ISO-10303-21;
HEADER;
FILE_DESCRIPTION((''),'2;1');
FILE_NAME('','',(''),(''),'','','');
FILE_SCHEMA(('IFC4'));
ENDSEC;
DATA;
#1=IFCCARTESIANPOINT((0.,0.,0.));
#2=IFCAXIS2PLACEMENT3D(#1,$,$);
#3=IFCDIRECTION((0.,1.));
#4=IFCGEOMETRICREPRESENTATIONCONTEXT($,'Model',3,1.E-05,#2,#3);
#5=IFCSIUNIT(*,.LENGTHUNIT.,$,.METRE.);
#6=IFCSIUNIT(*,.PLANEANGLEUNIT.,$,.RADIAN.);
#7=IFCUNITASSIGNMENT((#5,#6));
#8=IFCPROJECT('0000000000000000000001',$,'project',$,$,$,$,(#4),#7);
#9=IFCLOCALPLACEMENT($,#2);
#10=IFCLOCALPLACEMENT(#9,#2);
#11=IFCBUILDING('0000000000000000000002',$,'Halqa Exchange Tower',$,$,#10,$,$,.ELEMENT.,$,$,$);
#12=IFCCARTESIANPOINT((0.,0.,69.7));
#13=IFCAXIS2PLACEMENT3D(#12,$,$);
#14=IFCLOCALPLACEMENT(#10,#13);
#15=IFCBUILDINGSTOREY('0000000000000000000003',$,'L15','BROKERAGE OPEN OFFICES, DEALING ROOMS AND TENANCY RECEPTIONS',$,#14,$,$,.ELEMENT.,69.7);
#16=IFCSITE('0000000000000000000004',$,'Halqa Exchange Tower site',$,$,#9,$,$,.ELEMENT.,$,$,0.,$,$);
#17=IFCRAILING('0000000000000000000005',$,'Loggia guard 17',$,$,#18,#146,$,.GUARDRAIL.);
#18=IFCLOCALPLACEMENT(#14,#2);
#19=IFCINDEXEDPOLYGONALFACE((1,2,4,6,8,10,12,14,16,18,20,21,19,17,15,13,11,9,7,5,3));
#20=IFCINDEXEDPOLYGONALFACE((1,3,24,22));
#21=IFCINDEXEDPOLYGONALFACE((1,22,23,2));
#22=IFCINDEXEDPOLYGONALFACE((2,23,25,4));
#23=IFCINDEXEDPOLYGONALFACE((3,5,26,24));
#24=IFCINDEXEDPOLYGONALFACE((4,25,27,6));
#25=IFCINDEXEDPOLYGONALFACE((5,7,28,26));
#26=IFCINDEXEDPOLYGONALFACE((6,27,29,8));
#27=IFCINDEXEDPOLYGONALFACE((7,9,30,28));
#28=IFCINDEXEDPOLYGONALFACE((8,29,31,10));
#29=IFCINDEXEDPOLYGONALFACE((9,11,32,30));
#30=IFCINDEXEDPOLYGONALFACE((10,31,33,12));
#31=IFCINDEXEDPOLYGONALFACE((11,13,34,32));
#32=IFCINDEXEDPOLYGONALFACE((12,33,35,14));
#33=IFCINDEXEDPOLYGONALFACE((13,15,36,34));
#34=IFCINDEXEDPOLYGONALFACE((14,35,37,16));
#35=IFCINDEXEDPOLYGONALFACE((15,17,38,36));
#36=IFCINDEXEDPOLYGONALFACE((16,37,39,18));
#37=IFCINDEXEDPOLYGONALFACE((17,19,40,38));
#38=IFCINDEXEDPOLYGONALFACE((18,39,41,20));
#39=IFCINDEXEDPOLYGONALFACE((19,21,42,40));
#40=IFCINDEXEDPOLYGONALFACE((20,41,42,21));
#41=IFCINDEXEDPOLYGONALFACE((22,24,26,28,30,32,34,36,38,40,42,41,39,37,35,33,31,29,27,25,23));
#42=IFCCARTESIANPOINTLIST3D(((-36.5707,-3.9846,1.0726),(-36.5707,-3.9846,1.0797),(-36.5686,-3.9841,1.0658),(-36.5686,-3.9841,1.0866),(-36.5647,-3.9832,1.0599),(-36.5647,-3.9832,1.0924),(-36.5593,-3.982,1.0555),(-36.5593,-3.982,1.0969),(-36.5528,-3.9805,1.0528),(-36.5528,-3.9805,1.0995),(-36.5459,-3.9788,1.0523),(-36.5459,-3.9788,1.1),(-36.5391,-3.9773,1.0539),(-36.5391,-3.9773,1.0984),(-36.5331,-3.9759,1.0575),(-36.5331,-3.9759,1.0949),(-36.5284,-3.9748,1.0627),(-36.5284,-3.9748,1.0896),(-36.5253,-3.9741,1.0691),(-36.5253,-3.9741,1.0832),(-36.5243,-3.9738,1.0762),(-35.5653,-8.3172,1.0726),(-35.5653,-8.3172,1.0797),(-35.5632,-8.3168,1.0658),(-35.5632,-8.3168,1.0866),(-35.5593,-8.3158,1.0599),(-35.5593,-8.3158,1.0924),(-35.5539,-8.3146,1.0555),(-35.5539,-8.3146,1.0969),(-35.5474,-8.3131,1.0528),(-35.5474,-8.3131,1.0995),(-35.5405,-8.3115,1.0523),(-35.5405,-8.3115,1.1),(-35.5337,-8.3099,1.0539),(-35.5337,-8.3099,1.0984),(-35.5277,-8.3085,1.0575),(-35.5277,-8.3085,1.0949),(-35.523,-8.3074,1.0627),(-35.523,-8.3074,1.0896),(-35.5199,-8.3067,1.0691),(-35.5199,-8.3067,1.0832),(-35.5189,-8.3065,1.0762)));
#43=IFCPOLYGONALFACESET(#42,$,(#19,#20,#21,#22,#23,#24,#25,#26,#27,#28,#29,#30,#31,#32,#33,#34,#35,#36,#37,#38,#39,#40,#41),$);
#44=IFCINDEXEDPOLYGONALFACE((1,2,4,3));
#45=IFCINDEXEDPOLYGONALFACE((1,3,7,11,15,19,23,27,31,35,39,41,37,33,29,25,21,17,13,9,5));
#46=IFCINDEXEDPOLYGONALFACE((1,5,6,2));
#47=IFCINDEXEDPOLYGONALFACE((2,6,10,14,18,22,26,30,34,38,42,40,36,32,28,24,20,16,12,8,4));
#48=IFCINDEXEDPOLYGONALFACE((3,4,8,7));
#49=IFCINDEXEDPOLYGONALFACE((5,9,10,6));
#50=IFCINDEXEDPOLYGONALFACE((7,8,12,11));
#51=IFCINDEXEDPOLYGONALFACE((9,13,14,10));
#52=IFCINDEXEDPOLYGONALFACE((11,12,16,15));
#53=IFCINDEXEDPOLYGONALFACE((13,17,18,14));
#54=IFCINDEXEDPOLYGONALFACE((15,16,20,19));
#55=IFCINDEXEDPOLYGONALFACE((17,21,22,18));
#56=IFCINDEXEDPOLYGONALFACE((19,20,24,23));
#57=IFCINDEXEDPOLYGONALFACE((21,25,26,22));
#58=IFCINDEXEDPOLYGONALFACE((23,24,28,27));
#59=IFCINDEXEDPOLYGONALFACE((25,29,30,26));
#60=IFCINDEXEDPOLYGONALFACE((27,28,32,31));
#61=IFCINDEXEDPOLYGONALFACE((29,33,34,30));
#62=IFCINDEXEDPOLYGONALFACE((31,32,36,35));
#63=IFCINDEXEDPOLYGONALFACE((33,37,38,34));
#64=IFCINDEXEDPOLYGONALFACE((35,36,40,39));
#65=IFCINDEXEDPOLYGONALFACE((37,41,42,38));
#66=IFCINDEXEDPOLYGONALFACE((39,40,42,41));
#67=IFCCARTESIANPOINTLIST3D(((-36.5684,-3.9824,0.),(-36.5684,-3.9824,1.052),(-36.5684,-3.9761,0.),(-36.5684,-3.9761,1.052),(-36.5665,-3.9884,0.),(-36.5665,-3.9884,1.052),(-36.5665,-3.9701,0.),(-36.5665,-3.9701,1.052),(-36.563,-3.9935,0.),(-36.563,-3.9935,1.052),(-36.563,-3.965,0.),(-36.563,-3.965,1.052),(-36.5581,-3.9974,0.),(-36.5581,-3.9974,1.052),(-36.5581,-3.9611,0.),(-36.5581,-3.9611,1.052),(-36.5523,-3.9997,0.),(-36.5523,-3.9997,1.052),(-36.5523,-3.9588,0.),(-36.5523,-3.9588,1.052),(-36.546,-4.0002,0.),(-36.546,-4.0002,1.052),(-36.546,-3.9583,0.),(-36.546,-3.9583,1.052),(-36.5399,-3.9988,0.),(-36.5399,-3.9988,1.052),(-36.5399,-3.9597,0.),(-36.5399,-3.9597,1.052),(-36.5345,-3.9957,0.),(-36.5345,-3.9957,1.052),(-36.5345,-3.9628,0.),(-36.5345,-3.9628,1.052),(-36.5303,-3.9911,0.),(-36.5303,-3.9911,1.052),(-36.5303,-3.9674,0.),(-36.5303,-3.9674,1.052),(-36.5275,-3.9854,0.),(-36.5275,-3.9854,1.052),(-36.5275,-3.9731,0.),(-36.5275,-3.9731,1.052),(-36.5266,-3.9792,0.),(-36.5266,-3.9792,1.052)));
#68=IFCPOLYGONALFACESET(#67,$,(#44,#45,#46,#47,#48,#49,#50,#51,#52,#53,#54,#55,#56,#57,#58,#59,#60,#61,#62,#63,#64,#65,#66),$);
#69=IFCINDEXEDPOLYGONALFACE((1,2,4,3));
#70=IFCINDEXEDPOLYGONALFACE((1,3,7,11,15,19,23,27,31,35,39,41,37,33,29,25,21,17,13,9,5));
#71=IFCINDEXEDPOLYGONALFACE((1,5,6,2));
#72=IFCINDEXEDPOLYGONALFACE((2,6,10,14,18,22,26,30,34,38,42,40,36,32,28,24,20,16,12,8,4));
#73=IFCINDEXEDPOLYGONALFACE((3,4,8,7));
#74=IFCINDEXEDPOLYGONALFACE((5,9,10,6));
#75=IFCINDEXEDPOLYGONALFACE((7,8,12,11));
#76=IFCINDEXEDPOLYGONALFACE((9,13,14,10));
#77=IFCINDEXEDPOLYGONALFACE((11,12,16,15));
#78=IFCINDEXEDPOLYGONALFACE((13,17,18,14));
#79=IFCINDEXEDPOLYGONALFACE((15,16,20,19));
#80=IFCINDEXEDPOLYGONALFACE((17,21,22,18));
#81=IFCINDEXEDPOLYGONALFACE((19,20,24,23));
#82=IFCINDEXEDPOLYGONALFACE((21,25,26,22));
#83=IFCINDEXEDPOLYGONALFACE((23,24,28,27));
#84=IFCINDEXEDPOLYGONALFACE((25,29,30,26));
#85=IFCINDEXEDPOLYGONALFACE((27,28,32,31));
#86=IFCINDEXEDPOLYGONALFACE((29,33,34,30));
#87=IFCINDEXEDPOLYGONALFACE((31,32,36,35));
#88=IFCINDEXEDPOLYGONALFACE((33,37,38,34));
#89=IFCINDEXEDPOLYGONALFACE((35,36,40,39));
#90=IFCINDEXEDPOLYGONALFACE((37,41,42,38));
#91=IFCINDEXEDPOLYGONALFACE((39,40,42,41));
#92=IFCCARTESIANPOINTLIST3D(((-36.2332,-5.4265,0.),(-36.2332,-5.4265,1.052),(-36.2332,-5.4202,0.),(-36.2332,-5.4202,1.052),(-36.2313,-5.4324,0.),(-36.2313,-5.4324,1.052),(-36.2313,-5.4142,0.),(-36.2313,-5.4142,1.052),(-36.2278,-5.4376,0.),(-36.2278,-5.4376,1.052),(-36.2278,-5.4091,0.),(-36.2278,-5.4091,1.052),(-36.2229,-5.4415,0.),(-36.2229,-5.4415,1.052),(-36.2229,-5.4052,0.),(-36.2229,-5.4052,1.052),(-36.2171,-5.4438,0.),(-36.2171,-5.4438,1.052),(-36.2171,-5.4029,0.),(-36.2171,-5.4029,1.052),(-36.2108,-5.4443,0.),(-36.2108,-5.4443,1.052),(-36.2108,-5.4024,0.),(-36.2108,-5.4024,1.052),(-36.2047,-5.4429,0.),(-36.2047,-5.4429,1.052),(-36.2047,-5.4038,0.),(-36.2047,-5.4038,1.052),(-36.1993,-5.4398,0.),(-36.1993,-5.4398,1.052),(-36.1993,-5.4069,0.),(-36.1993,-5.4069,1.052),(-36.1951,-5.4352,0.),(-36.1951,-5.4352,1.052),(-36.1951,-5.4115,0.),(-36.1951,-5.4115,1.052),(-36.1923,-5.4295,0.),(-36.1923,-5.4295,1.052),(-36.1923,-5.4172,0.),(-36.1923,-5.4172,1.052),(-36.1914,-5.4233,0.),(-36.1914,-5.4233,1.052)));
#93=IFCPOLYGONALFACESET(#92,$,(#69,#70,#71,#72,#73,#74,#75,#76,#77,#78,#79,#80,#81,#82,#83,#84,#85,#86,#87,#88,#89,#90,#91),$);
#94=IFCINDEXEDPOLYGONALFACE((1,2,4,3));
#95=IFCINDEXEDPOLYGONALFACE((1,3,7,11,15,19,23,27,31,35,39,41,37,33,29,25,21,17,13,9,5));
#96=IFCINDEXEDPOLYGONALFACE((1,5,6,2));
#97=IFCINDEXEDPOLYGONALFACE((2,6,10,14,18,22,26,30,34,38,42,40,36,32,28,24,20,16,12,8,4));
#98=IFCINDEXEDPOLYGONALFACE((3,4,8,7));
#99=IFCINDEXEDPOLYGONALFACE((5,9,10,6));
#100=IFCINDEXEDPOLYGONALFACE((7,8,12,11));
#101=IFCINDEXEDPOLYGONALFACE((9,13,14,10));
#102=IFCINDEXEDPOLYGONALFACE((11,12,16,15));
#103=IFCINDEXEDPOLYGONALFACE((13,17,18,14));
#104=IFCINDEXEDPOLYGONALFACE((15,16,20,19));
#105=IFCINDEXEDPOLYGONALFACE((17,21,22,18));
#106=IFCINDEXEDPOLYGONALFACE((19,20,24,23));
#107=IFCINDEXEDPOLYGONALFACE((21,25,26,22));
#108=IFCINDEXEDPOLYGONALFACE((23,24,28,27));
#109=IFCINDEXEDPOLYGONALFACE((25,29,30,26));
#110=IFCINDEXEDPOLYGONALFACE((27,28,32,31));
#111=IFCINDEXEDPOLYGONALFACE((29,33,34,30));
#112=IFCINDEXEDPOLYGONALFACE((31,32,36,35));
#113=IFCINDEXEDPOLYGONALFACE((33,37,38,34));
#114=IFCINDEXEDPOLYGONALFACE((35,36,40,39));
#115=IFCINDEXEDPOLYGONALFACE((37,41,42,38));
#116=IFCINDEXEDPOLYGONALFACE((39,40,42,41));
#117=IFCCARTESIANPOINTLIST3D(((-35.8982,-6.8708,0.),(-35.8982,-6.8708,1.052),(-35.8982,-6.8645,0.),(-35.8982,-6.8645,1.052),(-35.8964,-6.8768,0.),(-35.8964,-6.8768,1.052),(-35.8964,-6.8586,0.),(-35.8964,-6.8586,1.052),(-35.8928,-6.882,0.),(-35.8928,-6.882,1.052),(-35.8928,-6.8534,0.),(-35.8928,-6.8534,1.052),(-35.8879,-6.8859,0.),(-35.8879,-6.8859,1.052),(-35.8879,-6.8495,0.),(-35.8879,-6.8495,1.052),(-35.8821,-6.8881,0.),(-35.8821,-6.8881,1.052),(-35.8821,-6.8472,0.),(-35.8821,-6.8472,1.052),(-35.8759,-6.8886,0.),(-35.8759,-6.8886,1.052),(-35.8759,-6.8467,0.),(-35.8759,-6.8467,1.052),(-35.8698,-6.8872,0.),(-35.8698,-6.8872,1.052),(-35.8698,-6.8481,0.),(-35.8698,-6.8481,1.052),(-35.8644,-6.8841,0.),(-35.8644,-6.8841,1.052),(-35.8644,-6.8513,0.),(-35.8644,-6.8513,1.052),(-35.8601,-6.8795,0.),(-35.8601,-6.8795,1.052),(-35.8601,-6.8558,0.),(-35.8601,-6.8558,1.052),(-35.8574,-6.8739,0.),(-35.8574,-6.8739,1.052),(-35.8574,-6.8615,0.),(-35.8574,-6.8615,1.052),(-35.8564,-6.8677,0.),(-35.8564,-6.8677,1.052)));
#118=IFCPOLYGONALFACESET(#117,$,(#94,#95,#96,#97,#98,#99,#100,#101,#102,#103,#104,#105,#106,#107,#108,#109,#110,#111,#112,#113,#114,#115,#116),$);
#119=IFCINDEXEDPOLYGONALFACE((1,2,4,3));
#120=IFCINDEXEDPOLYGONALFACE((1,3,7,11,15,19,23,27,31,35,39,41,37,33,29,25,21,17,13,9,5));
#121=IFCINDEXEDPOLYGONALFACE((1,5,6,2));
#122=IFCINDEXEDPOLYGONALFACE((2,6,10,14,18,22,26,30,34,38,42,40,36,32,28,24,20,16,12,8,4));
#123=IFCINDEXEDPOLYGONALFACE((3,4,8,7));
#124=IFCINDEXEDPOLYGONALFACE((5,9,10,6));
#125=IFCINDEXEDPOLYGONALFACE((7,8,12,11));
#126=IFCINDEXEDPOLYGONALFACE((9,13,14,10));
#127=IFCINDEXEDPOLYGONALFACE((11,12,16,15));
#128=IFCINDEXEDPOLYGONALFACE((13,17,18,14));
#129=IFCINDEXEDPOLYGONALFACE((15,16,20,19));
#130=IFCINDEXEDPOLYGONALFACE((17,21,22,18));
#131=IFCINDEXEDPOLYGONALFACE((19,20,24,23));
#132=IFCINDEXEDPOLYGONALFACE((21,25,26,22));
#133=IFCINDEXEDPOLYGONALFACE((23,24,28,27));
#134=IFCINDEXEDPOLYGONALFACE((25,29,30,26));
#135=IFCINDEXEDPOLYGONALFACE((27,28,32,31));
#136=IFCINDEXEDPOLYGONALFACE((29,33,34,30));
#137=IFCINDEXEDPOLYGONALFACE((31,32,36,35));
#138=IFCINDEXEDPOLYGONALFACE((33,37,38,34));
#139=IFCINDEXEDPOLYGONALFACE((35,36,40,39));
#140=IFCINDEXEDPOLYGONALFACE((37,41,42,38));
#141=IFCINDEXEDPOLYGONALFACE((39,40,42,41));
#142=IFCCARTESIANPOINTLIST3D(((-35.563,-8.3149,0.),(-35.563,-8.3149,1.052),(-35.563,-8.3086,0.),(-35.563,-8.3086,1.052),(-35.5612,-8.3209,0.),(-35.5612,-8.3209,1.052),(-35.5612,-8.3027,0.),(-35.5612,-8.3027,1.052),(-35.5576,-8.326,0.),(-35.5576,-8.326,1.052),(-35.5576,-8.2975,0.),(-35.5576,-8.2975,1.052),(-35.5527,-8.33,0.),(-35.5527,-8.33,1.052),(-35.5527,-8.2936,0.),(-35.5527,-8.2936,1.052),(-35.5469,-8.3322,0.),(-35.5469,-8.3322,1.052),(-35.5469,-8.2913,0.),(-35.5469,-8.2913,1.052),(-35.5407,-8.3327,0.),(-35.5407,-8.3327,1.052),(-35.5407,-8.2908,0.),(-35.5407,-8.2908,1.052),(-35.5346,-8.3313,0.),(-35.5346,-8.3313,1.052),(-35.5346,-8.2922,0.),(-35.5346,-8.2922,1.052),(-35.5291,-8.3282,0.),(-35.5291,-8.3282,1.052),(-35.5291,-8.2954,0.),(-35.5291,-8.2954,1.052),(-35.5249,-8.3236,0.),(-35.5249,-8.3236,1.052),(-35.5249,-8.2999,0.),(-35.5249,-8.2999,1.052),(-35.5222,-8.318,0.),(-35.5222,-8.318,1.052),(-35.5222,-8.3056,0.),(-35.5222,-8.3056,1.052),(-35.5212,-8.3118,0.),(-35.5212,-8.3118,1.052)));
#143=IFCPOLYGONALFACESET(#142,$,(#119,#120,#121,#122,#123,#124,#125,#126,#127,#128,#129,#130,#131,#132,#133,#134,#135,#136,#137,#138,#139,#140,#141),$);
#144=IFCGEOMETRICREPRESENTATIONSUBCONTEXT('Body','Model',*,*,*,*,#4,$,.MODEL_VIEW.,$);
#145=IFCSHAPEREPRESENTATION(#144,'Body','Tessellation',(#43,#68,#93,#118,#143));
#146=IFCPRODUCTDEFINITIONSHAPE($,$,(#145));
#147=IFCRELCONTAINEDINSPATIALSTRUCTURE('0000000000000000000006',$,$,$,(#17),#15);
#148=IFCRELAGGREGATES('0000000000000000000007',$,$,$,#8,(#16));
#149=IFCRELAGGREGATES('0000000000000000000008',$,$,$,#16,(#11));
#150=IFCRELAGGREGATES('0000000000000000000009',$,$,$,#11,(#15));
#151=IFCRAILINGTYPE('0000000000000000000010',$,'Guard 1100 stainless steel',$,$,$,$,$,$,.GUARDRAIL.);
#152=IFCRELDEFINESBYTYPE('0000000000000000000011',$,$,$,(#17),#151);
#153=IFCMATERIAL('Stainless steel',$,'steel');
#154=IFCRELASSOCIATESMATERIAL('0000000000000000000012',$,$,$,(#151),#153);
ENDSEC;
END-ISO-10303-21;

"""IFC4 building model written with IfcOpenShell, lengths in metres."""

from ifc_helpers import new_model, si_unit, direction, frame, origin, origin_2d, place, context, subcontext, project, spatial, circle, extrude, material, type_object, element, save


model = new_model("IFC4")

# Units and contexts
model_context = context("Model", 3, precision=1e-05, world=origin(), true_north=direction((0.0, 1.0)))
body_context = subcontext(model_context, "Body", "Model", "MODEL_VIEW")
ifc_project = project(units=[si_unit("LENGTHUNIT", "METRE"), si_unit("PLANEANGLEUNIT", "RADIAN")], contexts=[model_context])

# Site, building, storey
site_placement = place(None, origin())
site = spatial("IfcSite", under=ifc_project, at=site_placement, Name="Halqa Exchange Tower site", CompositionType="ELEMENT", RefElevation=0.0)
building_placement = place(site_placement, origin())
building = spatial("IfcBuilding", under=site, at=building_placement, Name="Halqa Exchange Tower", CompositionType="ELEMENT")
storey_placement = place(building_placement, frame((0.0, 0.0, 69.7)))
storey = spatial("IfcBuildingStorey", under=building, at=storey_placement, Name="L15", Description="BROKERAGE OPEN OFFICES, DEALING ROOMS AND TENANCY RECEPTIONS", CompositionType="ELEMENT", Elevation=69.7)

# Railing
ifc_material_1 = material(Name="Stainless steel", Category="steel")
railing_type = type_object("IfcRailingType", Name="Guard 1100 stainless steel", PredefinedType="GUARDRAIL", material=ifc_material_1)
railing_1_placement = place(storey_placement, frame((-36.5476, -3.9792, 0.0)))
element("IfcRailing", 1, at=railing_1_placement, inside=storey, type_object=railing_type, Name="Loggia guard 17", PredefinedType="GUARDRAIL", context=body_context, shape_type="SweptSolid", body=[
    extrude(circle(Radius=0.0239, at=origin_2d()), frame((0.0, 0.0, 1.0762), z_axis=(0.226046, -0.974117, 0.0), x_axis=(0.974117, 0.226046, 0.0)), (0.0, 0.0, 1.0), 4.4478),
    extrude(circle(Radius=0.021, at=origin_2d()), origin(), (0.0, 0.0, 1.0), 1.052),
    extrude(circle(Radius=0.021, at=origin_2d()), frame((0.3352, -1.4441, 0.0)), (0.0, 0.0, 1.0), 1.052),
    extrude(circle(Radius=0.021, at=origin_2d()), frame((0.6702, -2.8884, 0.0)), (0.0, 0.0, 1.0), 1.052),
    extrude(circle(Radius=0.021, at=origin_2d()), frame((1.0054, -4.3325, 0.0)), (0.0, 0.0, 1.0), 1.052),
])

save(model, "model.ifc")
